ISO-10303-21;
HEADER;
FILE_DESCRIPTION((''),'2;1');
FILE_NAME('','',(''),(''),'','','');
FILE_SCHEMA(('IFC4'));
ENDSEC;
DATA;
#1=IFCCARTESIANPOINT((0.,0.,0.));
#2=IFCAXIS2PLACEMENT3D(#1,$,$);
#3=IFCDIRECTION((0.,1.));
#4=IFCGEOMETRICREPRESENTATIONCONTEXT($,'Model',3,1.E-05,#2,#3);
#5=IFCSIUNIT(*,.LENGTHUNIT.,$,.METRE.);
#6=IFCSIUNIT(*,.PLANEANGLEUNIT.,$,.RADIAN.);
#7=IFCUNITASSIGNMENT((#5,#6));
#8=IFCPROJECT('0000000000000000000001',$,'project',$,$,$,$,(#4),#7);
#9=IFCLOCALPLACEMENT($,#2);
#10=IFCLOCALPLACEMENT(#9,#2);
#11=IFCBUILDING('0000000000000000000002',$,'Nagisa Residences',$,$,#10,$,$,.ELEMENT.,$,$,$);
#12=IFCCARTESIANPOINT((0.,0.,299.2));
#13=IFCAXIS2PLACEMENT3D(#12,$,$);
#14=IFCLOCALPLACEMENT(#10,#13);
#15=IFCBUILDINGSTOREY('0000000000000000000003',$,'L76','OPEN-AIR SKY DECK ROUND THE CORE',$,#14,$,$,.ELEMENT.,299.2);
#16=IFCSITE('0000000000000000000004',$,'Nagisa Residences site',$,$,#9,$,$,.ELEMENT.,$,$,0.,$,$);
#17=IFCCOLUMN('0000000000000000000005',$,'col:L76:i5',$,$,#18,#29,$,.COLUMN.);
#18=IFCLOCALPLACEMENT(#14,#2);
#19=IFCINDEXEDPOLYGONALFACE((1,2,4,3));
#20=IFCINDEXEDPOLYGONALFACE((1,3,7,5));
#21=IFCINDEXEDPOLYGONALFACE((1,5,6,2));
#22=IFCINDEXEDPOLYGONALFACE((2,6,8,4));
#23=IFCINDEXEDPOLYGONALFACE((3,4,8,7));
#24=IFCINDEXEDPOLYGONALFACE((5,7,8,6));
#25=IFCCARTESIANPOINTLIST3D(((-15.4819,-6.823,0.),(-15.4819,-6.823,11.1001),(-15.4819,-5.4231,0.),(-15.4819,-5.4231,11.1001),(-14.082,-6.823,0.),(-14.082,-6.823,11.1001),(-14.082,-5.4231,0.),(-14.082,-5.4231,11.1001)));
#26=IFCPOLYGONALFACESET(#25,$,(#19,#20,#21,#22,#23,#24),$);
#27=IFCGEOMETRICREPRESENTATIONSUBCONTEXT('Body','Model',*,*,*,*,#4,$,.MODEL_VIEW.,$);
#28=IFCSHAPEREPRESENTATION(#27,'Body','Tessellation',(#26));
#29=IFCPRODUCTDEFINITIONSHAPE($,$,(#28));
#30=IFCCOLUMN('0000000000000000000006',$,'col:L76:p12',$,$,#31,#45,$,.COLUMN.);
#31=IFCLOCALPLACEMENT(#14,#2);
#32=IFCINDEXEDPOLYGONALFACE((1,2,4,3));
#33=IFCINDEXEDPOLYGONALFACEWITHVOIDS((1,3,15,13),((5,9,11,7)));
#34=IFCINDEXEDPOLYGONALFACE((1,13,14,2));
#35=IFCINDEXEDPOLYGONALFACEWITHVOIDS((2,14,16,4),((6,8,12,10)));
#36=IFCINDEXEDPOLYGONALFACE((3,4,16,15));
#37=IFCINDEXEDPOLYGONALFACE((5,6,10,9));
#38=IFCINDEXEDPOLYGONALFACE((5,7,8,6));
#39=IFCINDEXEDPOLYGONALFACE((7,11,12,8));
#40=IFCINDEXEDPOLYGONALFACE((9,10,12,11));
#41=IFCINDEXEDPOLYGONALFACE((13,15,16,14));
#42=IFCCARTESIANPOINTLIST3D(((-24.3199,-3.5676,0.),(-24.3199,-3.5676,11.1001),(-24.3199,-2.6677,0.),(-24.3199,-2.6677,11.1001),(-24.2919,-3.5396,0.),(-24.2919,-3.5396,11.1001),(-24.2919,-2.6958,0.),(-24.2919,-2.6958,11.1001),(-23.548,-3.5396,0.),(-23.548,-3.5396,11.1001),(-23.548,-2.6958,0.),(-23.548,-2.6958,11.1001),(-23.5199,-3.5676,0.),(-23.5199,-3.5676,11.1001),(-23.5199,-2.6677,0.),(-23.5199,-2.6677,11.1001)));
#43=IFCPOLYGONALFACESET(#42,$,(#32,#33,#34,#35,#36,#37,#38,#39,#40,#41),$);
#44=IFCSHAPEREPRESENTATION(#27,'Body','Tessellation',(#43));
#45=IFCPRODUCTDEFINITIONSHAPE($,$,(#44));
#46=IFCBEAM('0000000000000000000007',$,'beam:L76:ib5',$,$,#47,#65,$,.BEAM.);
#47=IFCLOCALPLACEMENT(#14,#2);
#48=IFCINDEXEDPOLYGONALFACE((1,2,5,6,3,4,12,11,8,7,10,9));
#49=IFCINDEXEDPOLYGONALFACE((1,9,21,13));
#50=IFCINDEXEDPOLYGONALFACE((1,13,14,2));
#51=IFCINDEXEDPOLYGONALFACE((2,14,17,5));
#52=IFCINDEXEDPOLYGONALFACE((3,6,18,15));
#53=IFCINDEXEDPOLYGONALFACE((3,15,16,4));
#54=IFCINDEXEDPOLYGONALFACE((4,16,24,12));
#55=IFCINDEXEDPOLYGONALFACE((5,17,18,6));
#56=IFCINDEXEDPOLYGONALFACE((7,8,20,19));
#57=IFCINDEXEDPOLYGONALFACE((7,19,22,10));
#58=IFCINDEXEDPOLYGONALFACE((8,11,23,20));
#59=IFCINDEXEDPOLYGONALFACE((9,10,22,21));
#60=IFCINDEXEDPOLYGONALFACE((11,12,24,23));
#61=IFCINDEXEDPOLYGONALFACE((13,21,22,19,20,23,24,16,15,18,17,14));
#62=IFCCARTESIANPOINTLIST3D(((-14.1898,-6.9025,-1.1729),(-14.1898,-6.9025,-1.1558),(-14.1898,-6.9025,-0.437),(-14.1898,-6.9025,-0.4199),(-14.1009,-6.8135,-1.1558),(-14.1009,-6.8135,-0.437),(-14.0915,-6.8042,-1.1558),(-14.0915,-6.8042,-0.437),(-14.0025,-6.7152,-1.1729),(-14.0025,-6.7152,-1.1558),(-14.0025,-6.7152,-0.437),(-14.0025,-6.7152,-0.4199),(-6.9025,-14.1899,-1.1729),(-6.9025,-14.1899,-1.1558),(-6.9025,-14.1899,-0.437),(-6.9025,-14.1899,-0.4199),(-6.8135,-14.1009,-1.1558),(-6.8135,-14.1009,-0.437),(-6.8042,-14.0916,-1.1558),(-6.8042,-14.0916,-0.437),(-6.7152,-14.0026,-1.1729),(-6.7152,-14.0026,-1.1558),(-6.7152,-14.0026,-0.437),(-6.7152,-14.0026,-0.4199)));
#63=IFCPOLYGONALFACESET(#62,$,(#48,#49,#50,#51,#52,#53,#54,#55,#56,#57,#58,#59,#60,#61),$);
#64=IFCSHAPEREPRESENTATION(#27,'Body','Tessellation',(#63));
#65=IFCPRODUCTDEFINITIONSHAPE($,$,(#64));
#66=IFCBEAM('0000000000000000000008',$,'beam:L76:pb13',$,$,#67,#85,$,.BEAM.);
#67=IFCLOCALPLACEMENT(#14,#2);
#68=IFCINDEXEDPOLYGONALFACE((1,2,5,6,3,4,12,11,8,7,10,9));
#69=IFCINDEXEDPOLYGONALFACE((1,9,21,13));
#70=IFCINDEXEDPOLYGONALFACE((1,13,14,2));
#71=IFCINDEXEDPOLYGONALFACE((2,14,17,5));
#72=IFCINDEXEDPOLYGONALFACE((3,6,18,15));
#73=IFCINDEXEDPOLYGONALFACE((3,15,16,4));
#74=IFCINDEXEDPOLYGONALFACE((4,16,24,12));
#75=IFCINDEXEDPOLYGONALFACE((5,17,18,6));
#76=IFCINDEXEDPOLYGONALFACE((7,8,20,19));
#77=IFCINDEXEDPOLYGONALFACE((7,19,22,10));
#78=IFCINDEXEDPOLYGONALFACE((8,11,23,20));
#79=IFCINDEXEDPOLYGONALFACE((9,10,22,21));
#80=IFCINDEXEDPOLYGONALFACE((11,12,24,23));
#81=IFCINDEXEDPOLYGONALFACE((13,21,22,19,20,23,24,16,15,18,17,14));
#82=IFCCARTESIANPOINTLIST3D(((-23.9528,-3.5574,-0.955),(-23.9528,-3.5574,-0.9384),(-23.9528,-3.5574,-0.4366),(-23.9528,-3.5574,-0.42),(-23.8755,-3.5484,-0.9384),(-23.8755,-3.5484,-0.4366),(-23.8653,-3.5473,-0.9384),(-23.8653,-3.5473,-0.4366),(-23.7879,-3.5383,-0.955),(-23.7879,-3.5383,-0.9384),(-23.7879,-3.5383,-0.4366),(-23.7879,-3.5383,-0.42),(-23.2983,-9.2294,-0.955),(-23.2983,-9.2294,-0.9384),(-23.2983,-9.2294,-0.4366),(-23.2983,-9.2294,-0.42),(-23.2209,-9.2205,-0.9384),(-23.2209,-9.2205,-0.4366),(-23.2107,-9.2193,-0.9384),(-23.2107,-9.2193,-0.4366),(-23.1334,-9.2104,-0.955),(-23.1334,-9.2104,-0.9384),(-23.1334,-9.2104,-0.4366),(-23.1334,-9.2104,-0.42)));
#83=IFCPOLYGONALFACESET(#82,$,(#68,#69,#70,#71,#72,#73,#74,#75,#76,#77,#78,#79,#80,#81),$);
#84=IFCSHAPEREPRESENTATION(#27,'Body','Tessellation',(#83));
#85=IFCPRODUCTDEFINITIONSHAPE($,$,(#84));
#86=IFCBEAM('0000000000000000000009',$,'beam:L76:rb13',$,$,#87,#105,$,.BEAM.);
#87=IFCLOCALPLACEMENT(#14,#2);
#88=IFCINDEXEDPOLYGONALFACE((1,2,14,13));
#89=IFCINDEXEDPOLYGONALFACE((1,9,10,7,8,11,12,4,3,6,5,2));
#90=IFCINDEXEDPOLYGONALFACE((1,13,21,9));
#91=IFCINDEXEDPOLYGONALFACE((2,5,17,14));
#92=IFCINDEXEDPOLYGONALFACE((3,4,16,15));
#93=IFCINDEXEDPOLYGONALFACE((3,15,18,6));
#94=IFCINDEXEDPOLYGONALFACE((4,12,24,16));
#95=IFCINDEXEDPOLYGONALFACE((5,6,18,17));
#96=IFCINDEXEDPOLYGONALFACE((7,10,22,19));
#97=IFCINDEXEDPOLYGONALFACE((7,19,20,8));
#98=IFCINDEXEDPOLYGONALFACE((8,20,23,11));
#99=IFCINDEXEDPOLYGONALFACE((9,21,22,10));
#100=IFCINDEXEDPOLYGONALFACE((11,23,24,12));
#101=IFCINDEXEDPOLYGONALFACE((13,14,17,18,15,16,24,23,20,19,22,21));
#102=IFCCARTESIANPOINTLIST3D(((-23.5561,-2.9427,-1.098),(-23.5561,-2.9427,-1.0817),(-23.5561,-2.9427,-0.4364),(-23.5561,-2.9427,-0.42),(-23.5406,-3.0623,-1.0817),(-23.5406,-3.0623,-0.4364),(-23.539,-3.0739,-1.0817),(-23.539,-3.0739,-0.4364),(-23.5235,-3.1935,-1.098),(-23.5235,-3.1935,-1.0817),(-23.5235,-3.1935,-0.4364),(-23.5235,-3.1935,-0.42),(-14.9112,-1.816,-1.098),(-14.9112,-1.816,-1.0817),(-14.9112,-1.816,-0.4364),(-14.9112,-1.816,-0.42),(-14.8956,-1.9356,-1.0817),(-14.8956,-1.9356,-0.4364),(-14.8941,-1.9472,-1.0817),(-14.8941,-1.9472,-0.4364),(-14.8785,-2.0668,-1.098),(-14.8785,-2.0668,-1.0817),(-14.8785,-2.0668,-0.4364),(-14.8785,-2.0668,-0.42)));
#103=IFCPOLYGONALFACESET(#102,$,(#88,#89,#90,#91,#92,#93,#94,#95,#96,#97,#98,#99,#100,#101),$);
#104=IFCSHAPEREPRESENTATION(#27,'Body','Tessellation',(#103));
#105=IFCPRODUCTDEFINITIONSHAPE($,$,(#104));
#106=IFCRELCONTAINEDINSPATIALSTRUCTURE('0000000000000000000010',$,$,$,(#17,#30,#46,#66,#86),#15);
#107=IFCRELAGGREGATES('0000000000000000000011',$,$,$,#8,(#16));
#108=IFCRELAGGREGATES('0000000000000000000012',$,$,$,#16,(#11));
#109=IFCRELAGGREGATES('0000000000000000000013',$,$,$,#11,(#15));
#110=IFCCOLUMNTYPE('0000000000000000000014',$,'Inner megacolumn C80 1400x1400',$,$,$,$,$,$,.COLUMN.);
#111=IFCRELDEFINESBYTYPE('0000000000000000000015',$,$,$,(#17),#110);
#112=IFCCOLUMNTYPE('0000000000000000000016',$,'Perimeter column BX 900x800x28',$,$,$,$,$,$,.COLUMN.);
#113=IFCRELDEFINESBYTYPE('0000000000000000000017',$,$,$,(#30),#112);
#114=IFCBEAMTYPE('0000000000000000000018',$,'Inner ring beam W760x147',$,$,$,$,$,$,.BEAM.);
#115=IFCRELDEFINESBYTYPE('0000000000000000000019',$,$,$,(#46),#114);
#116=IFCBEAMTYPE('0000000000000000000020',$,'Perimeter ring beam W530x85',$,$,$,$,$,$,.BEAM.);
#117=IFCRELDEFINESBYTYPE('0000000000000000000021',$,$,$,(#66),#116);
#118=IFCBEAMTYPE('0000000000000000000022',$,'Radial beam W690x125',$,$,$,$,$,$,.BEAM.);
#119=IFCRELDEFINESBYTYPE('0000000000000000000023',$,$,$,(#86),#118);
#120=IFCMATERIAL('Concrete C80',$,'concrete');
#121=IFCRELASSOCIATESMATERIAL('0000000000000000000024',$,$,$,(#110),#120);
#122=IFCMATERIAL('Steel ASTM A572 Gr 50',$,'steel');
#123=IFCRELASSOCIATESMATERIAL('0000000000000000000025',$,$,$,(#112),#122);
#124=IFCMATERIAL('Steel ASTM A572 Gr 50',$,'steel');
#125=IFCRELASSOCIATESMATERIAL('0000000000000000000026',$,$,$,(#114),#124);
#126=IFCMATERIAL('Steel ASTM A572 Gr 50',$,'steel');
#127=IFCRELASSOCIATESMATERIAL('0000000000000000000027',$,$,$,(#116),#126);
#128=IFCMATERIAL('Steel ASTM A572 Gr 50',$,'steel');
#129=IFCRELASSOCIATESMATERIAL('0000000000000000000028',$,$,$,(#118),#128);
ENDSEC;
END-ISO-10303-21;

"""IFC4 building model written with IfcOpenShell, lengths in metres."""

from ifc_helpers import new_model, si_unit, direction, frame, origin, origin_2d, place, context, subcontext, project, spatial, rectangle, hollow_rectangle, i_section, extrude, material, material_profile, profile_set, type_object, element, save


model = new_model("IFC4")

# Units and contexts
model_context = context("Model", 3, precision=1e-05, world=origin(), true_north=direction((0.0, 1.0)))
body_context = subcontext(model_context, "Body", "Model", "MODEL_VIEW")
ifc_project = project(units=[si_unit("LENGTHUNIT", "METRE"), si_unit("PLANEANGLEUNIT", "RADIAN")], contexts=[model_context])

# Site, building, storey
site_placement = place(None, origin())
site = spatial("IfcSite", under=ifc_project, at=site_placement, Name="Nagisa Residences site", CompositionType="ELEMENT", RefElevation=0.0)
building_placement = place(site_placement, origin())
building = spatial("IfcBuilding", under=site, at=building_placement, Name="Nagisa Residences", CompositionType="ELEMENT")
storey_placement = place(building_placement, frame((0.0, 0.0, 299.2)))
storey = spatial("IfcBuildingStorey", under=building, at=storey_placement, Name="L76", Description="OPEN-AIR SKY DECK ROUND THE CORE", CompositionType="ELEMENT", Elevation=299.2)

# Columns
ifc_material_1 = material(Name="Concrete C80", Category="concrete")
ifc_material_profile_1 = material_profile(ifc_material_1, rectangle(XDim=1.3999, YDim=1.3999, at=origin_2d()), Name="C80 1400x1400")
ifc_profile_set_1 = profile_set([ifc_material_profile_1], Name="Concrete C80")
column_type_1 = type_object("IfcColumnType", Name="Inner megacolumn C80 1400x1400", PredefinedType="COLUMN", material=ifc_profile_set_1)
column_1_placement = place(storey_placement, frame((-14.782, -6.123, 0.0), z_axis=(0.0, 0.0, 1.0), x_axis=(1.0, 0.0, 0.0)))
element("IfcColumn", 1, at=column_1_placement, inside=storey, type_object=column_type_1, Name="col:L76:i5", PredefinedType="COLUMN", context=body_context, shape_type="SweptSolid", body=[
    extrude(rectangle(XDim=1.3999, YDim=1.3999, at=origin_2d()), origin(), (0.0, 0.0, 1.0), 11.1001),
])
ifc_material_2 = material(Name="Steel ASTM A572 Gr 50", Category="steel")
ifc_material_profile_2 = material_profile(ifc_material_2, hollow_rectangle(XDim=0.8999, YDim=0.8, WallThickness=0.0281, at=origin_2d()), Name="BX 900x800x28")
ifc_profile_set_2 = profile_set([ifc_material_profile_2], Name="Steel ASTM A572 Gr 50")
column_type_2 = type_object("IfcColumnType", Name="Perimeter column BX 900x800x28", PredefinedType="COLUMN", material=ifc_profile_set_2)
column_2_placement = place(storey_placement, frame((-23.9199, -3.1177, 0.0), z_axis=(0.0, 0.0, 1.0), x_axis=(0.0, -1.0, 0.0)))
element("IfcColumn", 2, at=column_2_placement, inside=storey, type_object=column_type_2, Name="col:L76:p12", PredefinedType="COLUMN", context=body_context, shape_type="SweptSolid", body=[
    extrude(hollow_rectangle(XDim=0.8999, YDim=0.8, WallThickness=0.0281, at=origin_2d()), origin(), (0.0, 0.0, 1.0), 11.1001),
])

# Beams
ifc_material_3 = material(Name="Steel ASTM A572 Gr 50", Category="steel")
ifc_material_profile_3 = material_profile(ifc_material_3, i_section(OverallWidth=0.2649, OverallDepth=0.7529, WebThickness=0.0132, FlangeThickness=0.0171, at=origin_2d()), Name="W760x147")
ifc_profile_set_3 = profile_set([ifc_material_profile_3], Name="Steel ASTM A572 Gr 50")
beam_type_1 = type_object("IfcBeamType", Name="Inner ring beam W760x147", PredefinedType="BEAM", material=ifc_profile_set_3)
beam_1_placement = place(storey_placement, frame((-14.0962, -6.8088, -0.7964), z_axis=(0.707107, -0.707107, 0.0), x_axis=(0.707107, 0.707107, 0.0)))
element("IfcBeam", 3, at=beam_1_placement, inside=storey, type_object=beam_type_1, Name="beam:L76:ib5", PredefinedType="BEAM", context=body_context, shape_type="SweptSolid", body=[
    extrude(i_section(OverallWidth=0.2649, OverallDepth=0.7529, WebThickness=0.0132, FlangeThickness=0.0171, at=origin_2d()), origin(), (0.0, 0.0, 1.0), 10.3059),
])
ifc_material_4 = material(Name="Steel ASTM A572 Gr 50", Category="steel")
ifc_material_profile_4 = material_profile(ifc_material_4, i_section(OverallWidth=0.166, OverallDepth=0.5349, WebThickness=0.0103, FlangeThickness=0.0166, at=origin_2d()), Name="W530x85")
ifc_profile_set_4 = profile_set([ifc_material_profile_4], Name="Steel ASTM A572 Gr 50")
beam_type_2 = type_object("IfcBeamType", Name="Perimeter ring beam W530x85", PredefinedType="BEAM", material=ifc_profile_set_4)
beam_2_placement = place(storey_placement, frame((-23.8704, -3.5479, -0.6875), z_axis=(0.114635, -0.993408, 0.0), x_axis=(0.993408, 0.114635, 0.0)))
element("IfcBeam", 4, at=beam_2_placement, inside=storey, type_object=beam_type_2, Name="beam:L76:pb13", PredefinedType="BEAM", context=body_context, shape_type="SweptSolid", body=[
    extrude(i_section(OverallWidth=0.166, OverallDepth=0.5349, WebThickness=0.0103, FlangeThickness=0.0166, at=origin_2d()), origin(), (0.0, 0.0, 1.0), 5.7097),
])
ifc_material_5 = material(Name="Steel ASTM A572 Gr 50", Category="steel")
ifc_material_profile_5 = material_profile(ifc_material_5, i_section(OverallWidth=0.2529, OverallDepth=0.678, WebThickness=0.0117, FlangeThickness=0.0164, at=origin_2d()), Name="W690x125")
ifc_profile_set_5 = profile_set([ifc_material_profile_5], Name="Steel ASTM A572 Gr 50")
beam_type_3 = type_object("IfcBeamType", Name="Radial beam W690x125", PredefinedType="BEAM", material=ifc_profile_set_5)
beam_3_placement = place(storey_placement, frame((-23.5398, -3.0681, -0.759), z_axis=(0.991614, 0.129237, 0.0), x_axis=(-0.129237, 0.991614, 0.0)))
element("IfcBeam", 5, at=beam_3_placement, inside=storey, type_object=beam_type_3, Name="beam:L76:rb13", PredefinedType="BEAM", context=body_context, shape_type="SweptSolid", body=[
    extrude(i_section(OverallWidth=0.2529, OverallDepth=0.678, WebThickness=0.0117, FlangeThickness=0.0164, at=origin_2d()), origin(), (0.0, 0.0, 1.0), 8.718),
])

save(model, "model.ifc")
